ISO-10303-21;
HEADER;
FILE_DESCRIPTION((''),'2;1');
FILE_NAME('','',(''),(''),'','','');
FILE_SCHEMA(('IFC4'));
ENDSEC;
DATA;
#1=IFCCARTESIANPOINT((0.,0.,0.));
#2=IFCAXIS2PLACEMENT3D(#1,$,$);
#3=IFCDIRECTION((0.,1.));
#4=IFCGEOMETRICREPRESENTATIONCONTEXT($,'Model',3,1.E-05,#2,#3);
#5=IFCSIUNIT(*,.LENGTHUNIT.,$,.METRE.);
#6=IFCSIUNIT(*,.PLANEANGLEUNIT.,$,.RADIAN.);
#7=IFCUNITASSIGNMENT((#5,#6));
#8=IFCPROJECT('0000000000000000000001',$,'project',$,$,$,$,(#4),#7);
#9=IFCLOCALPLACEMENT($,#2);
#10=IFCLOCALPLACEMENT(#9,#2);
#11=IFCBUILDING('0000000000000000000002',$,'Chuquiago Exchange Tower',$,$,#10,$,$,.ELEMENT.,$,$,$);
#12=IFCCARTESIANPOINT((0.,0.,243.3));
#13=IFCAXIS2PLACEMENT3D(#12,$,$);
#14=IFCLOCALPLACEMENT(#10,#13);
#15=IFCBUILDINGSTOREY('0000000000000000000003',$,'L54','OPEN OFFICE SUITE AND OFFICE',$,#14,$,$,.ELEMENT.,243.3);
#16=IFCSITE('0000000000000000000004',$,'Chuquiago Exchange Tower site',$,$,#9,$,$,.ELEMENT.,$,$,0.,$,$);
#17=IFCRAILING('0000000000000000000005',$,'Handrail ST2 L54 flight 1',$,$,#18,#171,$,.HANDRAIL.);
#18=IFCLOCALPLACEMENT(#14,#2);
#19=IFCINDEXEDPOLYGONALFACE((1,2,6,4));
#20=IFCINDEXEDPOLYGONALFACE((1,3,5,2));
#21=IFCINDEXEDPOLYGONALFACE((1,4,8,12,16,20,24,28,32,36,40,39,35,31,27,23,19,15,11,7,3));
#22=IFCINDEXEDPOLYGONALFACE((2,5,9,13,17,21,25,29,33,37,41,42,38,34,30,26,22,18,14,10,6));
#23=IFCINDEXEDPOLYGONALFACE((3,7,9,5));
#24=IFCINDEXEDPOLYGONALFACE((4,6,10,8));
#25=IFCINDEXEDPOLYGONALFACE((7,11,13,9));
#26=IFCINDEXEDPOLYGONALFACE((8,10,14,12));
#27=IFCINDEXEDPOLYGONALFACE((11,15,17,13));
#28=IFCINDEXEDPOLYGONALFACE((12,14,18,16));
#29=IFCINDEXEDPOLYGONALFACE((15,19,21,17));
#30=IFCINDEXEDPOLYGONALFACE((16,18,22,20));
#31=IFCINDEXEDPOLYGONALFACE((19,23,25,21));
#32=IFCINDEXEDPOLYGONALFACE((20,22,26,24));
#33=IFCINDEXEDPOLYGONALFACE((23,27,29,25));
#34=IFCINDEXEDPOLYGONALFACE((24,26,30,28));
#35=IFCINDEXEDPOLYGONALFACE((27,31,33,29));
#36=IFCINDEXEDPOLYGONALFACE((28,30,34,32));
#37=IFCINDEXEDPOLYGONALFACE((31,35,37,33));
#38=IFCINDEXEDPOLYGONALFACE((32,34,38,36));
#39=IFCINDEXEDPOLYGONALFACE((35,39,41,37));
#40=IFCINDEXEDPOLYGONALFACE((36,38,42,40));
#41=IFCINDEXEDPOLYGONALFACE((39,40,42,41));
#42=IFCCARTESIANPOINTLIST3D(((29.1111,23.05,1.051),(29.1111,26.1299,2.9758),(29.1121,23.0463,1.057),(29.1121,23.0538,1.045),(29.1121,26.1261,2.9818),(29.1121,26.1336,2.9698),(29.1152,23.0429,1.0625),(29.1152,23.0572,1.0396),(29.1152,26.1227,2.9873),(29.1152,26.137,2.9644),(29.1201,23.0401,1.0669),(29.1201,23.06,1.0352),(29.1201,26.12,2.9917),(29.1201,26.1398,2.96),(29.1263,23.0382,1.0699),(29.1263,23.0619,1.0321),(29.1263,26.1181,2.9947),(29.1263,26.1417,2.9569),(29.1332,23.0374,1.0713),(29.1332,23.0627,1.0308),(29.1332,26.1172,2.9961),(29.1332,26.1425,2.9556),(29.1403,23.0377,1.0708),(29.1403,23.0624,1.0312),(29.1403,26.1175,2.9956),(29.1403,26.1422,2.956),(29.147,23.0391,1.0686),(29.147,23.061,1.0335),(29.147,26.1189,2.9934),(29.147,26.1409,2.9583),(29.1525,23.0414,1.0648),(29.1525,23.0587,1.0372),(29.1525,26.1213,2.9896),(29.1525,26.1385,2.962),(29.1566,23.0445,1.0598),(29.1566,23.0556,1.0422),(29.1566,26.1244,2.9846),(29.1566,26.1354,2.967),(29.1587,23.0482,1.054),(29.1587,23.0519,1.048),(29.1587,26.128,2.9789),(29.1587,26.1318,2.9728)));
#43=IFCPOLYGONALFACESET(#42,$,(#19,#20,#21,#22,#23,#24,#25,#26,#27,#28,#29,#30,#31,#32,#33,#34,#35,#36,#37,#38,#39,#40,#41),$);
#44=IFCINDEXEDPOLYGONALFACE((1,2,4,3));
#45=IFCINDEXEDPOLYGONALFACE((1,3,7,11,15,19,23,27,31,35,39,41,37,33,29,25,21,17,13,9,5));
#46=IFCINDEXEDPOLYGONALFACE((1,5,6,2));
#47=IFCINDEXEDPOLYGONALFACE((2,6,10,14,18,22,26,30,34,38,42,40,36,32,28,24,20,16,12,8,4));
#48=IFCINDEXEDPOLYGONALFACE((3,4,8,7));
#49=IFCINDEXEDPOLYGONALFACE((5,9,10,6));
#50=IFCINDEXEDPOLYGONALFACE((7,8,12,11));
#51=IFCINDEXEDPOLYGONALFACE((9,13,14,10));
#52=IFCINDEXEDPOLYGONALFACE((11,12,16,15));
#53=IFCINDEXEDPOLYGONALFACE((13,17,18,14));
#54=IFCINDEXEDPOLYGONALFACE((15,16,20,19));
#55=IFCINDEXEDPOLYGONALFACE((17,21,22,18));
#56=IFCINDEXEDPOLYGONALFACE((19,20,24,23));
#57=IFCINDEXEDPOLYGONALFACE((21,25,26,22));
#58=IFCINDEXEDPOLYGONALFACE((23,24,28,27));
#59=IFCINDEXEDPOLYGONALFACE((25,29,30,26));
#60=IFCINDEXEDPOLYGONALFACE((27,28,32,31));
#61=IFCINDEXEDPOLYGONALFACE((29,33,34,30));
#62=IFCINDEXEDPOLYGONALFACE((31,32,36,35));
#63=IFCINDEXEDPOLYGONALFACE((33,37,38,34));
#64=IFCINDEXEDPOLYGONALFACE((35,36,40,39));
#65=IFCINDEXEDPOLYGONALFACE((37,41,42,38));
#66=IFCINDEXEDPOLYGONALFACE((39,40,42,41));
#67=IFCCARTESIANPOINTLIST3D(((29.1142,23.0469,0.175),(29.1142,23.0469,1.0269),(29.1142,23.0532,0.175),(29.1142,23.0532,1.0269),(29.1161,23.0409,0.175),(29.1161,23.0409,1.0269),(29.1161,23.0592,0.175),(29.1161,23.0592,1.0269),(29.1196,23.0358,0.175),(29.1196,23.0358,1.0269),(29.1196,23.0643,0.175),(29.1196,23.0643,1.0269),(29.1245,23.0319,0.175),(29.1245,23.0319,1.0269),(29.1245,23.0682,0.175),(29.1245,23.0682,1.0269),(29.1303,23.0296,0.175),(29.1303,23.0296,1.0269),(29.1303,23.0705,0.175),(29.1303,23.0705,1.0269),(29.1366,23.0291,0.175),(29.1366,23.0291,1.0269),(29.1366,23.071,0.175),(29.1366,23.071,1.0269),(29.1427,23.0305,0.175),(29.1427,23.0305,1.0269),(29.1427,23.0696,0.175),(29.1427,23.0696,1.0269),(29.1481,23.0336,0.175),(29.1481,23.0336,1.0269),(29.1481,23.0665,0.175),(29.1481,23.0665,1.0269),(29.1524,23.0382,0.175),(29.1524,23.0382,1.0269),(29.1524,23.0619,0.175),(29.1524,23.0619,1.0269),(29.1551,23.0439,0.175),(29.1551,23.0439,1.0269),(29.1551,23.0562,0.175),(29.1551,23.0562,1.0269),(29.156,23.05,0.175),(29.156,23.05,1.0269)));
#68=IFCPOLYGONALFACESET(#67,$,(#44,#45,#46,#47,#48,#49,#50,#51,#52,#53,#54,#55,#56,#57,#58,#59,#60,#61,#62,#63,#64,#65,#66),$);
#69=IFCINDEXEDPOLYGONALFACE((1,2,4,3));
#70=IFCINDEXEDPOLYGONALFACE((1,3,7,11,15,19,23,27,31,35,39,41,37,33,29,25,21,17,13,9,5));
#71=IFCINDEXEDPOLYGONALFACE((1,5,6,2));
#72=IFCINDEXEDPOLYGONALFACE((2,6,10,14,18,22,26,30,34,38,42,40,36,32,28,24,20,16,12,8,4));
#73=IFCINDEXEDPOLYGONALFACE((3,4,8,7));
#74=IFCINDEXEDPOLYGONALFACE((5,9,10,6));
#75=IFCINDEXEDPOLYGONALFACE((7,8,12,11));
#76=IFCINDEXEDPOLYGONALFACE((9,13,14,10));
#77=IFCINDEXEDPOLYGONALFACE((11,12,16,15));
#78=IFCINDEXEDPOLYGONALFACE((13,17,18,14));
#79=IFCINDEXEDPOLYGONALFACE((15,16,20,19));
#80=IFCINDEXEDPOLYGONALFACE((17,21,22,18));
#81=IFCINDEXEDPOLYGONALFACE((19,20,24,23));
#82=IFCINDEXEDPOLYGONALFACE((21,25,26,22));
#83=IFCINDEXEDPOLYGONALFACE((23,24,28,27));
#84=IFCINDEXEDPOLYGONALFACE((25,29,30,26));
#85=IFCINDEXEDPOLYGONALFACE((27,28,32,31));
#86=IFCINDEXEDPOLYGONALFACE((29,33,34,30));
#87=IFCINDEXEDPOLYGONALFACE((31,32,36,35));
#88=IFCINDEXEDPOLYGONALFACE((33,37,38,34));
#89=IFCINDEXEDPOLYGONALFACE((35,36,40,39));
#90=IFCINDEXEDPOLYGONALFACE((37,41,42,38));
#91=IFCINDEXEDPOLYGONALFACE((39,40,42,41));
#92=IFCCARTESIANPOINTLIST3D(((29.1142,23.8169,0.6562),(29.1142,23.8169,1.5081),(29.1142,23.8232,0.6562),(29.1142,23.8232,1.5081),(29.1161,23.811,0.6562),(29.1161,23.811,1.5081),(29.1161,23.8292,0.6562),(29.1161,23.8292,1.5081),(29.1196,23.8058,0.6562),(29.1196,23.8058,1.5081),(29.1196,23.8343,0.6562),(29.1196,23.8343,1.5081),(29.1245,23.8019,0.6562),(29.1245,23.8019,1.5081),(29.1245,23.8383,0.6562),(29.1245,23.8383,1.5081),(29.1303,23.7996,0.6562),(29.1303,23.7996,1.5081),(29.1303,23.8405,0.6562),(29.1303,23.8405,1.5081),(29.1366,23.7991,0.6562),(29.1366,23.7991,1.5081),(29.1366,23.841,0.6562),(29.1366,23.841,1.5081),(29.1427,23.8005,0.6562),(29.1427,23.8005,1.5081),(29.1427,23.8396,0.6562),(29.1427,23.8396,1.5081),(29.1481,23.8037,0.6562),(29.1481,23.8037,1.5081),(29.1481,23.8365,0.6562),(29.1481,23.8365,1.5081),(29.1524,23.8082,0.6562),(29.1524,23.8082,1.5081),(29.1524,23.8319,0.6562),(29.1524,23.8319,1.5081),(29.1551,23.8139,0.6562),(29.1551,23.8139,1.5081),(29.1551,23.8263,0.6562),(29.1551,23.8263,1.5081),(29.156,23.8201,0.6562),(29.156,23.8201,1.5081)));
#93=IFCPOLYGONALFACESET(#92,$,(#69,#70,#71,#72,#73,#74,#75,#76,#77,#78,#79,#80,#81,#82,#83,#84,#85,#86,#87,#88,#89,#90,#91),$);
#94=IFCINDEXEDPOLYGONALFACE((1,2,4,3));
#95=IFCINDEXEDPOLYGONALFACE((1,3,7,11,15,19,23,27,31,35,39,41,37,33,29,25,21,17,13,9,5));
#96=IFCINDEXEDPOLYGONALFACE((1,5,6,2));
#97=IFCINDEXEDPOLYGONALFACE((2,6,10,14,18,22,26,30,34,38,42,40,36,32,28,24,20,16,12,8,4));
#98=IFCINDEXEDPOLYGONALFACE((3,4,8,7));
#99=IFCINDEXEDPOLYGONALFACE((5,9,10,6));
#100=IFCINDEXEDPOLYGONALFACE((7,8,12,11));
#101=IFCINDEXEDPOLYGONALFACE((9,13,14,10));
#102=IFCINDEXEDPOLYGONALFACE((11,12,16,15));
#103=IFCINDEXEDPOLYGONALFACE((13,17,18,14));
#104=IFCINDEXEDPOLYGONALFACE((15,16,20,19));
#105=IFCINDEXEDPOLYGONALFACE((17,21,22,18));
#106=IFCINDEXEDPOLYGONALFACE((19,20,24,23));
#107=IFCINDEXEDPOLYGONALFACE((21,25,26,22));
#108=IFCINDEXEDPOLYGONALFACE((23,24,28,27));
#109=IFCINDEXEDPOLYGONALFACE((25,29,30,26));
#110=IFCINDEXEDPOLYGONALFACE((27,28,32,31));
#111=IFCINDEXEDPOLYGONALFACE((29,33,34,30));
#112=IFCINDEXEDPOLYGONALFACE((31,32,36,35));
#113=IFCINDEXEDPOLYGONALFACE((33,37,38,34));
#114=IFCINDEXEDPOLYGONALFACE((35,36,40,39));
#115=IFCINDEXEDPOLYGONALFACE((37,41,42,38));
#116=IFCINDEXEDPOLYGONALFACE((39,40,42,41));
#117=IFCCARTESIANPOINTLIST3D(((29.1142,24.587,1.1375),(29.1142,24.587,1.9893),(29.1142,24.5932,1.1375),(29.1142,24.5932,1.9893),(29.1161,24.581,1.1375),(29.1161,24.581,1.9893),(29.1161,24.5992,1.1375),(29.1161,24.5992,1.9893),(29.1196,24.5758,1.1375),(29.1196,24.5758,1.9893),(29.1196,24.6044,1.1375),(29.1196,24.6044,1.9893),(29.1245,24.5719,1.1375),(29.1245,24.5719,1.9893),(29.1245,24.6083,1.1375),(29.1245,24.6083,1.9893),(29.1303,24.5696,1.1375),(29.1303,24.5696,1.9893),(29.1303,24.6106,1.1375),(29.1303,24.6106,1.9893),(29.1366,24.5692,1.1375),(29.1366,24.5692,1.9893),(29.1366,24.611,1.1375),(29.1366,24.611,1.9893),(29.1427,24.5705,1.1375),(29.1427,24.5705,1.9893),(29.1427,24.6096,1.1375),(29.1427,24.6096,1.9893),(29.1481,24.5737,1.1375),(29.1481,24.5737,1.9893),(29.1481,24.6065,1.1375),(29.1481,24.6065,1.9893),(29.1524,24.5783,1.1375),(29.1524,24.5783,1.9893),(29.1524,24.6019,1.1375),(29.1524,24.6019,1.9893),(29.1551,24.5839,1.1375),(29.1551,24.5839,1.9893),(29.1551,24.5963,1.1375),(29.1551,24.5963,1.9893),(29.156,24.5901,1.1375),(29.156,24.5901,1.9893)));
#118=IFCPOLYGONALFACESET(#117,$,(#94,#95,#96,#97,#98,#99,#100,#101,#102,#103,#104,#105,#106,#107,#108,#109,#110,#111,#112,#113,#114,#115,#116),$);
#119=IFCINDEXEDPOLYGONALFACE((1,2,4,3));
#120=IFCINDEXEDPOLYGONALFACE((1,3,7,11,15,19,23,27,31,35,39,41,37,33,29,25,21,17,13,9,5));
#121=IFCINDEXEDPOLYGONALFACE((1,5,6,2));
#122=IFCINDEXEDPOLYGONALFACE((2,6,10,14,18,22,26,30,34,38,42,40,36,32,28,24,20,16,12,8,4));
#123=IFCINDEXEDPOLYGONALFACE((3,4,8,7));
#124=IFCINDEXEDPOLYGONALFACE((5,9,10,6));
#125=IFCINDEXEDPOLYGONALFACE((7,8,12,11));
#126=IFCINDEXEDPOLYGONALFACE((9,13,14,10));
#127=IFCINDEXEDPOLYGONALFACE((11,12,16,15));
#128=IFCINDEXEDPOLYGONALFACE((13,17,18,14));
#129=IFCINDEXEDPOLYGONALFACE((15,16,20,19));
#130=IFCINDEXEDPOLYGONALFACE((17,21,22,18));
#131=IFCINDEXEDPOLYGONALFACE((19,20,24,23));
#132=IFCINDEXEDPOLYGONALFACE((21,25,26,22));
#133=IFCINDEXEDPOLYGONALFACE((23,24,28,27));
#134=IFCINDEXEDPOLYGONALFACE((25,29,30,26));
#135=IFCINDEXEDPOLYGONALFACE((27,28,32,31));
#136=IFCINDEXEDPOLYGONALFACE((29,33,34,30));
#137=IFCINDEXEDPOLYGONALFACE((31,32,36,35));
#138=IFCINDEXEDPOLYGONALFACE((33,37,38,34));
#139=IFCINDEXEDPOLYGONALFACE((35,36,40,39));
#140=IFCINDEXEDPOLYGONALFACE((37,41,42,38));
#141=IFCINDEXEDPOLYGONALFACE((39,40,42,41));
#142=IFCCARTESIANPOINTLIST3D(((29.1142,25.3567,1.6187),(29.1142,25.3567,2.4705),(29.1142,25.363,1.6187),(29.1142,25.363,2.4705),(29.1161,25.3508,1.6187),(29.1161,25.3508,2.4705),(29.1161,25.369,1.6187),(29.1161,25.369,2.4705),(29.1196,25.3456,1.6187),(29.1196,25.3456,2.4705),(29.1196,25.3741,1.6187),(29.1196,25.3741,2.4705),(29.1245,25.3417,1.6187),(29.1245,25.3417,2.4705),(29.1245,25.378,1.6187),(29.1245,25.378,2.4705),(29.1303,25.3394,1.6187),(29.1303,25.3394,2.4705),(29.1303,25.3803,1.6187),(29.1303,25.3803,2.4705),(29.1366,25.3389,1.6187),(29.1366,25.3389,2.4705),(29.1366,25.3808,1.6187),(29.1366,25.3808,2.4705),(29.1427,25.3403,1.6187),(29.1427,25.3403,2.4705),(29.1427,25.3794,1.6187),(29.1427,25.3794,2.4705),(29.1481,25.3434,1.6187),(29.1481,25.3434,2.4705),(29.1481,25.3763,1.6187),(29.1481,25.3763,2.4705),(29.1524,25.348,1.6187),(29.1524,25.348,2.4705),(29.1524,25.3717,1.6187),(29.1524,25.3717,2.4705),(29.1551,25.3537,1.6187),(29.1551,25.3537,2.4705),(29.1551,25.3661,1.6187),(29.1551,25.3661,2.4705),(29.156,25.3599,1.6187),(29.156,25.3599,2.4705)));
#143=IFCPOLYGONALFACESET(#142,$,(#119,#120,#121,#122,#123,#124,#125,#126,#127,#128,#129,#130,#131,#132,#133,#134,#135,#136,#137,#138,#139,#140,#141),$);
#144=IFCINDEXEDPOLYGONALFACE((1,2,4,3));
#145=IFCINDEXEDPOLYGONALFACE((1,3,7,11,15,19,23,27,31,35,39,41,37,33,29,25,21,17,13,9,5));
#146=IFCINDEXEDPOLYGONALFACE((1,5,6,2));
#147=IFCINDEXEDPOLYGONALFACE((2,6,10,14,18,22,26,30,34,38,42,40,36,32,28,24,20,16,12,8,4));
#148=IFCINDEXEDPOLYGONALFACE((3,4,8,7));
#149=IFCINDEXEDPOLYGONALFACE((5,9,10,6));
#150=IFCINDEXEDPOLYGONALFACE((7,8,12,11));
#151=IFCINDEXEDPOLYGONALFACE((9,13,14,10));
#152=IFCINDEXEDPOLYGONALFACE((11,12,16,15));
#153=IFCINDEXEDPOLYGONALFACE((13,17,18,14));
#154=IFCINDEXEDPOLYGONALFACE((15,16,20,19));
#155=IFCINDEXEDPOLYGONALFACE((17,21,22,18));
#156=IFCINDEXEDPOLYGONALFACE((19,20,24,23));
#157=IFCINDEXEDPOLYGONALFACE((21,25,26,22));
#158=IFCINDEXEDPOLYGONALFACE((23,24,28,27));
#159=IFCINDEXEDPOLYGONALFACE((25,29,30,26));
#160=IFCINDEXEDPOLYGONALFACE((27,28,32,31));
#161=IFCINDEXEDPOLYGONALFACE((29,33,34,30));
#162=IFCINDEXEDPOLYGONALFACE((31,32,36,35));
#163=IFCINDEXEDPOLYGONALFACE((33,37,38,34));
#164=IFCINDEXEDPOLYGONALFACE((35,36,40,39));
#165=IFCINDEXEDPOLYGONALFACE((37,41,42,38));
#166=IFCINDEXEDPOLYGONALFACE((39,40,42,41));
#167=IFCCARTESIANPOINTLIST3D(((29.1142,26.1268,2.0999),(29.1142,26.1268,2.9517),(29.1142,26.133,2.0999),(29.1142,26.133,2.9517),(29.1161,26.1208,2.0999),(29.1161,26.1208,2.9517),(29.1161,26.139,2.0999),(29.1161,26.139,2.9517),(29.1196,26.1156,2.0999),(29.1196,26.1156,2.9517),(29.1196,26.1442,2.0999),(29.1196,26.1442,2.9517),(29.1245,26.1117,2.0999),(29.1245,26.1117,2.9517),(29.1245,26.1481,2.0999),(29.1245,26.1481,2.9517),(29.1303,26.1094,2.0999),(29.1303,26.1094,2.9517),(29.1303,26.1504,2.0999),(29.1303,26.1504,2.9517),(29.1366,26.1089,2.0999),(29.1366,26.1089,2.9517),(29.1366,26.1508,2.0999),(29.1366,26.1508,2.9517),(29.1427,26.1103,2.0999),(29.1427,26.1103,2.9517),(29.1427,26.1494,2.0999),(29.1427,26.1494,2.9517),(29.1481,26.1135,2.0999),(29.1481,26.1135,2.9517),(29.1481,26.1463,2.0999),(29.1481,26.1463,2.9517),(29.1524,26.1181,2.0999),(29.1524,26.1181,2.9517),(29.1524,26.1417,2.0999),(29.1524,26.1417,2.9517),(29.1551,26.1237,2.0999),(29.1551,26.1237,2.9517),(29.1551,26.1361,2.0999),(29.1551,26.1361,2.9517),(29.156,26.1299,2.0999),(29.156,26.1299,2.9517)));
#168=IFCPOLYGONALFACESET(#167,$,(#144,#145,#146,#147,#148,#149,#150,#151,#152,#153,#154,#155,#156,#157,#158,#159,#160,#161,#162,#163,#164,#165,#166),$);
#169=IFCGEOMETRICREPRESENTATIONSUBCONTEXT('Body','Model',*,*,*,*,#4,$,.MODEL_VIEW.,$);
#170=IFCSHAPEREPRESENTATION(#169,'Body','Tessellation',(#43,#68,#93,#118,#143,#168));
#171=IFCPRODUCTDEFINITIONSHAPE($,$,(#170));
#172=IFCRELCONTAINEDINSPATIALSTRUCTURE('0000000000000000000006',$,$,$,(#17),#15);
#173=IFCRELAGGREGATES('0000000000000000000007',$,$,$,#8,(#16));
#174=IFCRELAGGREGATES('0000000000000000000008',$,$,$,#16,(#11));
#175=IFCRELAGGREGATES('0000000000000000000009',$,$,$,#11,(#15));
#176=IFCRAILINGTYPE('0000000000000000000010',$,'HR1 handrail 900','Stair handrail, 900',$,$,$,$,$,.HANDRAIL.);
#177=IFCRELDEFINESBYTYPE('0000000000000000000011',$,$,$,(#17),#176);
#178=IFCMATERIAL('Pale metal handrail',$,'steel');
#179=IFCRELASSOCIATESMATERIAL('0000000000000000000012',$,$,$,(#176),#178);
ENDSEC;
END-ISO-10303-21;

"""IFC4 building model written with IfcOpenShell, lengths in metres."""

from ifc_helpers import new_model, si_unit, direction, frame, origin, origin_2d, place, context, subcontext, project, spatial, circle, extrude, material, type_object, element, save


model = new_model("IFC4")

# Units and contexts
model_context = context("Model", 3, precision=1e-05, world=origin(), true_north=direction((0.0, 1.0)))
body_context = subcontext(model_context, "Body", "Model", "MODEL_VIEW")
ifc_project = project(units=[si_unit("LENGTHUNIT", "METRE"), si_unit("PLANEANGLEUNIT", "RADIAN")], contexts=[model_context])

# Site, building, storey
site_placement = place(None, origin())
site = spatial("IfcSite", under=ifc_project, at=site_placement, Name="Chuquiago Exchange Tower site", CompositionType="ELEMENT", RefElevation=0.0)
building_placement = place(site_placement, origin())
building = spatial("IfcBuilding", under=site, at=building_placement, Name="Chuquiago Exchange Tower", CompositionType="ELEMENT")
storey_placement = place(building_placement, frame((0.0, 0.0, 243.3)))
storey = spatial("IfcBuildingStorey", under=building, at=storey_placement, Name="L54", Description="OPEN OFFICE SUITE AND OFFICE", CompositionType="ELEMENT", Elevation=243.3)

# Railing
ifc_material_1 = material(Name="Pale metal handrail", Category="steel")
railing_type_1 = type_object("IfcRailingType", Name="HR1 handrail 900", Description="Stair handrail, 900", PredefinedType="HANDRAIL", material=ifc_material_1)
for number, where, name in (
    (1, (29.135, 23.05, 0.175), "Handrail ST2 L54 flight 1"),
):
    element("IfcRailing", number, at=place(storey_placement, frame(where)), inside=storey, type_object=railing_type_1, Name=name, PredefinedType="HANDRAIL", context=body_context, shape_type="SweptSolid", body=[
        extrude(circle(Radius=0.0239, at=origin_2d()), frame((0.0, 0.0, 0.876), z_axis=(0.0, 0.84801, 0.529981), x_axis=(-1.0, 0.0, 0.0)), (0.0, 0.0, 1.0), 3.6318),
        extrude(circle(Radius=0.021, at=origin_2d()), origin(), (0.0, 0.0, 1.0), 0.8518),
        extrude(circle(Radius=0.021, at=origin_2d()), frame((0.0, 0.77, 0.4812)), (0.0, 0.0, 1.0), 0.8518),
        extrude(circle(Radius=0.021, at=origin_2d()), frame((0.0, 1.54, 0.9624)), (0.0, 0.0, 1.0), 0.8518),
        extrude(circle(Radius=0.021, at=origin_2d()), frame((0.0, 2.3098, 1.4436)), (0.0, 0.0, 1.0), 0.8518),
        extrude(circle(Radius=0.021, at=origin_2d()), frame((0.0, 3.0798, 1.9248)), (0.0, 0.0, 1.0), 0.8518),
    ])

save(model, "model.ifc")
